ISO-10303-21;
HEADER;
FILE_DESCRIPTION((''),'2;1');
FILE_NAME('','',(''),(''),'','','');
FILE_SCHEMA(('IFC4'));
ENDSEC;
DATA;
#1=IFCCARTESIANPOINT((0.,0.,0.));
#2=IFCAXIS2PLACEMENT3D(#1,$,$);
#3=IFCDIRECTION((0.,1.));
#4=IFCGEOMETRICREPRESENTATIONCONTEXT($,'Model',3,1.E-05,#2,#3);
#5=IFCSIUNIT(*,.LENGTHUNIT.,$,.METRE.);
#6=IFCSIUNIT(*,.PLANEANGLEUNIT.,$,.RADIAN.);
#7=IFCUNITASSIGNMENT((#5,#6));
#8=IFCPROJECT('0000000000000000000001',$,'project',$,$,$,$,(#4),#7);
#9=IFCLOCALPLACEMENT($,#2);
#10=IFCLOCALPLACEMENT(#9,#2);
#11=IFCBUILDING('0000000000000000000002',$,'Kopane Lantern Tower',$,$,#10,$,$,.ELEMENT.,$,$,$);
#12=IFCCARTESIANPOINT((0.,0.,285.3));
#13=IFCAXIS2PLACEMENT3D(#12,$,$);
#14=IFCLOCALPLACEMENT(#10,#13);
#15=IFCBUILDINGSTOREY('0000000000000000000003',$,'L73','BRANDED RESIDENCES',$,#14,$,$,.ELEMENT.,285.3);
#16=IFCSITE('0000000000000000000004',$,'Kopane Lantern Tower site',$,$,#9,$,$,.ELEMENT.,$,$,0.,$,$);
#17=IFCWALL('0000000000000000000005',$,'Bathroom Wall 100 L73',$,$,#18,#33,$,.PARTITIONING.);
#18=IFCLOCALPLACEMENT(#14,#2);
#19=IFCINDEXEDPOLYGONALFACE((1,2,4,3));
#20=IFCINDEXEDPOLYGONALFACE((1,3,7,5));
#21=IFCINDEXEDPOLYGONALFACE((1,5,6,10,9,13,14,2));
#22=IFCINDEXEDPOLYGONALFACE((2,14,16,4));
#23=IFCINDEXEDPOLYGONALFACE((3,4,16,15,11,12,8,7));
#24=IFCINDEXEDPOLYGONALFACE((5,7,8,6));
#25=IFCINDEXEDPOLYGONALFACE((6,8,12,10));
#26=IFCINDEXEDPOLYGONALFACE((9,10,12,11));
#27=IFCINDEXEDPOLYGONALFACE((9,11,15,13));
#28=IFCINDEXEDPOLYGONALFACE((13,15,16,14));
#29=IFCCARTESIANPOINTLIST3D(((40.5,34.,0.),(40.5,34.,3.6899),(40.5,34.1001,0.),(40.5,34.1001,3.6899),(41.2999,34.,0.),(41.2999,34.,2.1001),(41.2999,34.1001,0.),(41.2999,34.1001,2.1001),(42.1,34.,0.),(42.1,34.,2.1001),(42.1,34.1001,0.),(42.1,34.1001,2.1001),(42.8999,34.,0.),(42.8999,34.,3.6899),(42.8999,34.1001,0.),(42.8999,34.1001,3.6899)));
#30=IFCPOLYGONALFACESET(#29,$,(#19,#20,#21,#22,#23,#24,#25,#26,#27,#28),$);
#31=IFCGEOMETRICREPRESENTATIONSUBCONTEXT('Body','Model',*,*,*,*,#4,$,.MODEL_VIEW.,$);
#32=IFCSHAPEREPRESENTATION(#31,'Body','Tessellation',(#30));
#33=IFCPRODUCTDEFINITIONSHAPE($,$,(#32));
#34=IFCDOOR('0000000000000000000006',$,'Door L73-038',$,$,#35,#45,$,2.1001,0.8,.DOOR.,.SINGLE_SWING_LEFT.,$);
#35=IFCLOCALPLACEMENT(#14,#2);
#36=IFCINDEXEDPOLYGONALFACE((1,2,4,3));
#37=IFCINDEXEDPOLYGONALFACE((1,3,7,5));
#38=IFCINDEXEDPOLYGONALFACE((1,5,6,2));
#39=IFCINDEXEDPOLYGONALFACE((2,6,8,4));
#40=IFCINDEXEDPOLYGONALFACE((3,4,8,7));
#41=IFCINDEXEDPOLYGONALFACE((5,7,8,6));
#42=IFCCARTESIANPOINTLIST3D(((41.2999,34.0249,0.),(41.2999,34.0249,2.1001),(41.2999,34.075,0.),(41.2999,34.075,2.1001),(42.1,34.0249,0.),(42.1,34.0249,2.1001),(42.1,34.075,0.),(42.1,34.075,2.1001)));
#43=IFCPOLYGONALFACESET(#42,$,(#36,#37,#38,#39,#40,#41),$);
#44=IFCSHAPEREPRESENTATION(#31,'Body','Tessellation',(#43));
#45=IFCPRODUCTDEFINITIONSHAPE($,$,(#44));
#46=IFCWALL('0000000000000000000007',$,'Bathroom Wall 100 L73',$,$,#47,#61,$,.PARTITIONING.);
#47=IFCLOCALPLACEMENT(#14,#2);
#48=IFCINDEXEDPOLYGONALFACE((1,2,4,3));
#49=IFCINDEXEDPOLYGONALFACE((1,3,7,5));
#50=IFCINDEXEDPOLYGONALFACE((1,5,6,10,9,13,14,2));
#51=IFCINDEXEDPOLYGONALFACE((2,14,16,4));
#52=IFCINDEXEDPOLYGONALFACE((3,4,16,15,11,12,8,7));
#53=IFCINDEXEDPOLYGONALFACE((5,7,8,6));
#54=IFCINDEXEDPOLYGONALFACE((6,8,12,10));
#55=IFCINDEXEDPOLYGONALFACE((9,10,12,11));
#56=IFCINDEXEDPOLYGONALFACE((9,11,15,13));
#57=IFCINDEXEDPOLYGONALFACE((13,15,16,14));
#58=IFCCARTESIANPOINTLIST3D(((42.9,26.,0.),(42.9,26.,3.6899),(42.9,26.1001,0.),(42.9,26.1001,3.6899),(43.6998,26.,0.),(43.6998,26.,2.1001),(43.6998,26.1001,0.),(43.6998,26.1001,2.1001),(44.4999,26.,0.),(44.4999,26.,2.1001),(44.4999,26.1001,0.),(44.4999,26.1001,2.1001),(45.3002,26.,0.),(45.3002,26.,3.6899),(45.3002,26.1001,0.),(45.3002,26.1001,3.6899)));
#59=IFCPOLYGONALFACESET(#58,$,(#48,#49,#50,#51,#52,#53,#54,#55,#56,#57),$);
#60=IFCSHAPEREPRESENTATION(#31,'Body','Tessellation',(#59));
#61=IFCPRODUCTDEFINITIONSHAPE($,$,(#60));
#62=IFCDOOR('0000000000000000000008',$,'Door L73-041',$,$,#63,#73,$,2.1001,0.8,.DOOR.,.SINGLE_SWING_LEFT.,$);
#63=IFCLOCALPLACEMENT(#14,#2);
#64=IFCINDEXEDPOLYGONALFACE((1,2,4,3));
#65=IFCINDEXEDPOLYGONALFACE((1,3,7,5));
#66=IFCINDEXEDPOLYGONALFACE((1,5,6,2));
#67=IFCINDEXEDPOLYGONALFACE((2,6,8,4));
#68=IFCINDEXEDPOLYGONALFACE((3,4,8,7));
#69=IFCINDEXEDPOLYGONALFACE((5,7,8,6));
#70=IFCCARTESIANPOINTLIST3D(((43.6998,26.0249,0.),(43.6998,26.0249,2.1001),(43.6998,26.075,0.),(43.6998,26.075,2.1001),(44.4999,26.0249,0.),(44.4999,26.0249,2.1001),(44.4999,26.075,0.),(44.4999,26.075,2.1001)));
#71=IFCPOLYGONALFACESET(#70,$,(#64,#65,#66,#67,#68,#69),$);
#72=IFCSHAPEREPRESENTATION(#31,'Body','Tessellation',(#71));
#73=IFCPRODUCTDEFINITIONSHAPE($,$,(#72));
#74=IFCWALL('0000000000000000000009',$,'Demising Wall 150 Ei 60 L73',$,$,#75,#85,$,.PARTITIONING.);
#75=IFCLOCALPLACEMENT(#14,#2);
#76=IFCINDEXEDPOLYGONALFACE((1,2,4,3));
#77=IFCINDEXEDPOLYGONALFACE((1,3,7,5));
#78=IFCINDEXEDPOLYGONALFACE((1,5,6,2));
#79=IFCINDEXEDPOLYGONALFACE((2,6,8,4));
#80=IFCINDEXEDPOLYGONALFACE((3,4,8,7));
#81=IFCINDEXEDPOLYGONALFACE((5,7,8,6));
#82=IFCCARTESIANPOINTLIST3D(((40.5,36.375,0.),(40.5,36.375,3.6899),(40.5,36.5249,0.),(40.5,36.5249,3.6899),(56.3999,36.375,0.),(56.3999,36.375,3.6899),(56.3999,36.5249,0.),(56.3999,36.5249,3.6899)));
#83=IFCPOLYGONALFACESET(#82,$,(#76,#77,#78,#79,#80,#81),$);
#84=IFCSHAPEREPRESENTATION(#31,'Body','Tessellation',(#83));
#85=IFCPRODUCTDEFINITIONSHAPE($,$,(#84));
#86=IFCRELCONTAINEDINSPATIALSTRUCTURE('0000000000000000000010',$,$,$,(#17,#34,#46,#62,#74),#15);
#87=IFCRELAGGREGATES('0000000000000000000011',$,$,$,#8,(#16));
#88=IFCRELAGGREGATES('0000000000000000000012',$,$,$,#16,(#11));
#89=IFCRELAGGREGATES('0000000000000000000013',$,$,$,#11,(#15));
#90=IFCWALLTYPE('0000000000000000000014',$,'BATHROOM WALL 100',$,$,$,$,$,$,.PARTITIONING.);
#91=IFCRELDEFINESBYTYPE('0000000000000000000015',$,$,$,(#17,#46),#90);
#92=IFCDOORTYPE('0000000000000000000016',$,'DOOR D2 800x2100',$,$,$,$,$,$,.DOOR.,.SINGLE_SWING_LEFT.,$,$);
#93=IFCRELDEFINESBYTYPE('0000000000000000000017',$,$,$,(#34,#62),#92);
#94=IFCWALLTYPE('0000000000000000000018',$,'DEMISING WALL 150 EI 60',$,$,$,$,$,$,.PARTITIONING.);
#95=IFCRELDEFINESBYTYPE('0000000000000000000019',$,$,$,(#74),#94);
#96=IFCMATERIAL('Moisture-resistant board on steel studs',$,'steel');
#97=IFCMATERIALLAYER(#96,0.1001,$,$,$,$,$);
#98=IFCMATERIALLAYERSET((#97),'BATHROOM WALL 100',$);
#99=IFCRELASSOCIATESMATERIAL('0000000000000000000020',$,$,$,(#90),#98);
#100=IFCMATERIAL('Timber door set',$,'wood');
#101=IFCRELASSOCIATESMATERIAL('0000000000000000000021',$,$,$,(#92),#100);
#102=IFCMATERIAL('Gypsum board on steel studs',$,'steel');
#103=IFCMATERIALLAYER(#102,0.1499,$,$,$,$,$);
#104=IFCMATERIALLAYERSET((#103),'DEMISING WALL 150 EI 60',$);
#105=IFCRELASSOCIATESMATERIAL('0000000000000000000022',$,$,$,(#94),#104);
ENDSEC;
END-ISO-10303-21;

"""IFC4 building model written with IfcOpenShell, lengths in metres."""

from ifc_helpers import new_model, si_unit, direction, frame, frame_2d, origin, place, context, subcontext, project, spatial, rectangle, extrude, material, layer, layer_set, type_object, element, fill, save


model = new_model("IFC4")

# Units and contexts
model_context = context("Model", 3, precision=1e-05, world=origin(), true_north=direction((0.0, 1.0)))
body_context = subcontext(model_context, "Body", "Model", "MODEL_VIEW")
ifc_project = project(units=[si_unit("LENGTHUNIT", "METRE"), si_unit("PLANEANGLEUNIT", "RADIAN")], contexts=[model_context])

# Site, building, storey
site_placement = place(None, origin())
site = spatial("IfcSite", under=ifc_project, at=site_placement, Name="Kopane Lantern Tower site", CompositionType="ELEMENT", RefElevation=0.0)
building_placement = place(site_placement, origin())
building = spatial("IfcBuilding", under=site, at=building_placement, Name="Kopane Lantern Tower", CompositionType="ELEMENT")
storey_placement = place(building_placement, frame((0.0, 0.0, 285.3)))
storey = spatial("IfcBuildingStorey", under=building, at=storey_placement, Name="L73", Description="BRANDED RESIDENCES", CompositionType="ELEMENT", Elevation=285.3)

# Walls, openings, doors
ifc_material_1 = material(Name="Moisture-resistant board on steel studs", Category="steel")
ifc_layer_1 = layer(ifc_material_1, 0.1001)
ifc_layer_set_1 = layer_set([ifc_layer_1], Name="BATHROOM WALL 100")
wall_type_1 = type_object("IfcWallType", Name="BATHROOM WALL 100", PredefinedType="PARTITIONING", material=ifc_layer_set_1)
wall_1_placement = place(storey_placement, frame((40.5, 34.05, 0.0), z_axis=(0.0, 0.0, 1.0), x_axis=(1.0, 0.0, 0.0)))
wall_1 = element("IfcWall", 1, at=wall_1_placement, inside=storey, type_object=wall_type_1, Name="Bathroom Wall 100 L73", PredefinedType="PARTITIONING", context=body_context, shape_type="SweptSolid", body=[
    extrude(rectangle(XDim=2.3999, YDim=0.1001, at=frame_2d((1.2, 0.0))), origin(), (0.0, 0.0, 1.0), 3.6899),
])
opening_1_placement = place(wall_1_placement, frame((0.8, 0.0, 0.0)))
opening_1 = element("IfcOpeningElement", 2, at=opening_1_placement, cuts=wall_1, PredefinedType="OPENING", context=body_context, shape_type="SweptSolid", body=[
    extrude(rectangle(XDim=0.8, YDim=2.1001, at=frame_2d((0.3999, 1.05))), frame((0.0, 0.0601, 0.0), z_axis=(0.0, -1.0, 0.0), x_axis=(1.0, 0.0, 0.0)), (0.0, 0.0, 1.0), 0.1201),
])
ifc_material_2 = material(Name="Timber door set", Category="wood")
door_type = type_object("IfcDoorType", Name="DOOR D2 800x2100", OperationType="SINGLE_SWING_LEFT", PredefinedType="DOOR", material=ifc_material_2)
door_1_placement = place(opening_1_placement, origin())
door_1 = element("IfcDoor", 3, at=door_1_placement, inside=storey, type_object=door_type, Name="Door L73-038", OperationType="SINGLE_SWING_LEFT", OverallHeight=2.1001, OverallWidth=0.8, PredefinedType="DOOR", context=body_context, shape_type="SweptSolid", body=[
    extrude(rectangle(XDim=0.8, YDim=2.1001, at=frame_2d((0.3999, 1.05))), frame((0.0, 0.0249, 0.0), z_axis=(0.0, -1.0, 0.0), x_axis=(1.0, 0.0, 0.0)), (0.0, 0.0, 1.0), 0.05),
])
fill(opening_1, door_1)
wall_2_placement = place(storey_placement, frame((42.8999, 26.05, 0.0), z_axis=(0.0, 0.0, 1.0), x_axis=(1.0, 0.0, 0.0)))
wall_2 = element("IfcWall", 4, at=wall_2_placement, inside=storey, type_object=wall_type_1, Name="Bathroom Wall 100 L73", PredefinedType="PARTITIONING", context=body_context, shape_type="SweptSolid", body=[
    extrude(rectangle(XDim=2.4001, YDim=0.1001, at=frame_2d((1.2002, 0.0))), origin(), (0.0, 0.0, 1.0), 3.6899),
])
opening_2_placement = place(wall_2_placement, frame((0.8, 0.0, 0.0)))
opening_2 = element("IfcOpeningElement", 5, at=opening_2_placement, cuts=wall_2, PredefinedType="OPENING", context=body_context, shape_type="SweptSolid", body=[
    extrude(rectangle(XDim=0.8, YDim=2.1001, at=frame_2d((0.3999, 1.05))), frame((0.0, 0.0601, 0.0), z_axis=(0.0, -1.0, 0.0), x_axis=(1.0, 0.0, 0.0)), (0.0, 0.0, 1.0), 0.1201),
])
door_2_placement = place(opening_2_placement, origin())
door_2 = element("IfcDoor", 6, at=door_2_placement, inside=storey, type_object=door_type, Name="Door L73-041", OperationType="SINGLE_SWING_LEFT", OverallHeight=2.1001, OverallWidth=0.8, PredefinedType="DOOR", context=body_context, shape_type="SweptSolid", body=[
    extrude(rectangle(XDim=0.8, YDim=2.1001, at=frame_2d((0.3999, 1.05))), frame((0.0, 0.0249, 0.0), z_axis=(0.0, -1.0, 0.0), x_axis=(1.0, 0.0, 0.0)), (0.0, 0.0, 1.0), 0.05),
])
fill(opening_2, door_2)

# Wall
ifc_material_3 = material(Name="Gypsum board on steel studs", Category="steel")
ifc_layer_2 = layer(ifc_material_3, 0.1499)
ifc_layer_set_2 = layer_set([ifc_layer_2], Name="DEMISING WALL 150 EI 60")
wall_type_2 = type_object("IfcWallType", Name="DEMISING WALL 150 EI 60", PredefinedType="PARTITIONING", material=ifc_layer_set_2)
wall_3_placement = place(storey_placement, frame((40.5, 36.45, 0.0), z_axis=(0.0, 0.0, 1.0), x_axis=(1.0, 0.0, 0.0)))
element("IfcWall", 7, at=wall_3_placement, inside=storey, type_object=wall_type_2, Name="Demising Wall 150 Ei 60 L73", PredefinedType="PARTITIONING", context=body_context, shape_type="SweptSolid", body=[
    extrude(rectangle(XDim=15.8999, YDim=0.1499, at=frame_2d((7.95, 0.0))), origin(), (0.0, 0.0, 1.0), 3.6899),
])

save(model, "model.ifc")
